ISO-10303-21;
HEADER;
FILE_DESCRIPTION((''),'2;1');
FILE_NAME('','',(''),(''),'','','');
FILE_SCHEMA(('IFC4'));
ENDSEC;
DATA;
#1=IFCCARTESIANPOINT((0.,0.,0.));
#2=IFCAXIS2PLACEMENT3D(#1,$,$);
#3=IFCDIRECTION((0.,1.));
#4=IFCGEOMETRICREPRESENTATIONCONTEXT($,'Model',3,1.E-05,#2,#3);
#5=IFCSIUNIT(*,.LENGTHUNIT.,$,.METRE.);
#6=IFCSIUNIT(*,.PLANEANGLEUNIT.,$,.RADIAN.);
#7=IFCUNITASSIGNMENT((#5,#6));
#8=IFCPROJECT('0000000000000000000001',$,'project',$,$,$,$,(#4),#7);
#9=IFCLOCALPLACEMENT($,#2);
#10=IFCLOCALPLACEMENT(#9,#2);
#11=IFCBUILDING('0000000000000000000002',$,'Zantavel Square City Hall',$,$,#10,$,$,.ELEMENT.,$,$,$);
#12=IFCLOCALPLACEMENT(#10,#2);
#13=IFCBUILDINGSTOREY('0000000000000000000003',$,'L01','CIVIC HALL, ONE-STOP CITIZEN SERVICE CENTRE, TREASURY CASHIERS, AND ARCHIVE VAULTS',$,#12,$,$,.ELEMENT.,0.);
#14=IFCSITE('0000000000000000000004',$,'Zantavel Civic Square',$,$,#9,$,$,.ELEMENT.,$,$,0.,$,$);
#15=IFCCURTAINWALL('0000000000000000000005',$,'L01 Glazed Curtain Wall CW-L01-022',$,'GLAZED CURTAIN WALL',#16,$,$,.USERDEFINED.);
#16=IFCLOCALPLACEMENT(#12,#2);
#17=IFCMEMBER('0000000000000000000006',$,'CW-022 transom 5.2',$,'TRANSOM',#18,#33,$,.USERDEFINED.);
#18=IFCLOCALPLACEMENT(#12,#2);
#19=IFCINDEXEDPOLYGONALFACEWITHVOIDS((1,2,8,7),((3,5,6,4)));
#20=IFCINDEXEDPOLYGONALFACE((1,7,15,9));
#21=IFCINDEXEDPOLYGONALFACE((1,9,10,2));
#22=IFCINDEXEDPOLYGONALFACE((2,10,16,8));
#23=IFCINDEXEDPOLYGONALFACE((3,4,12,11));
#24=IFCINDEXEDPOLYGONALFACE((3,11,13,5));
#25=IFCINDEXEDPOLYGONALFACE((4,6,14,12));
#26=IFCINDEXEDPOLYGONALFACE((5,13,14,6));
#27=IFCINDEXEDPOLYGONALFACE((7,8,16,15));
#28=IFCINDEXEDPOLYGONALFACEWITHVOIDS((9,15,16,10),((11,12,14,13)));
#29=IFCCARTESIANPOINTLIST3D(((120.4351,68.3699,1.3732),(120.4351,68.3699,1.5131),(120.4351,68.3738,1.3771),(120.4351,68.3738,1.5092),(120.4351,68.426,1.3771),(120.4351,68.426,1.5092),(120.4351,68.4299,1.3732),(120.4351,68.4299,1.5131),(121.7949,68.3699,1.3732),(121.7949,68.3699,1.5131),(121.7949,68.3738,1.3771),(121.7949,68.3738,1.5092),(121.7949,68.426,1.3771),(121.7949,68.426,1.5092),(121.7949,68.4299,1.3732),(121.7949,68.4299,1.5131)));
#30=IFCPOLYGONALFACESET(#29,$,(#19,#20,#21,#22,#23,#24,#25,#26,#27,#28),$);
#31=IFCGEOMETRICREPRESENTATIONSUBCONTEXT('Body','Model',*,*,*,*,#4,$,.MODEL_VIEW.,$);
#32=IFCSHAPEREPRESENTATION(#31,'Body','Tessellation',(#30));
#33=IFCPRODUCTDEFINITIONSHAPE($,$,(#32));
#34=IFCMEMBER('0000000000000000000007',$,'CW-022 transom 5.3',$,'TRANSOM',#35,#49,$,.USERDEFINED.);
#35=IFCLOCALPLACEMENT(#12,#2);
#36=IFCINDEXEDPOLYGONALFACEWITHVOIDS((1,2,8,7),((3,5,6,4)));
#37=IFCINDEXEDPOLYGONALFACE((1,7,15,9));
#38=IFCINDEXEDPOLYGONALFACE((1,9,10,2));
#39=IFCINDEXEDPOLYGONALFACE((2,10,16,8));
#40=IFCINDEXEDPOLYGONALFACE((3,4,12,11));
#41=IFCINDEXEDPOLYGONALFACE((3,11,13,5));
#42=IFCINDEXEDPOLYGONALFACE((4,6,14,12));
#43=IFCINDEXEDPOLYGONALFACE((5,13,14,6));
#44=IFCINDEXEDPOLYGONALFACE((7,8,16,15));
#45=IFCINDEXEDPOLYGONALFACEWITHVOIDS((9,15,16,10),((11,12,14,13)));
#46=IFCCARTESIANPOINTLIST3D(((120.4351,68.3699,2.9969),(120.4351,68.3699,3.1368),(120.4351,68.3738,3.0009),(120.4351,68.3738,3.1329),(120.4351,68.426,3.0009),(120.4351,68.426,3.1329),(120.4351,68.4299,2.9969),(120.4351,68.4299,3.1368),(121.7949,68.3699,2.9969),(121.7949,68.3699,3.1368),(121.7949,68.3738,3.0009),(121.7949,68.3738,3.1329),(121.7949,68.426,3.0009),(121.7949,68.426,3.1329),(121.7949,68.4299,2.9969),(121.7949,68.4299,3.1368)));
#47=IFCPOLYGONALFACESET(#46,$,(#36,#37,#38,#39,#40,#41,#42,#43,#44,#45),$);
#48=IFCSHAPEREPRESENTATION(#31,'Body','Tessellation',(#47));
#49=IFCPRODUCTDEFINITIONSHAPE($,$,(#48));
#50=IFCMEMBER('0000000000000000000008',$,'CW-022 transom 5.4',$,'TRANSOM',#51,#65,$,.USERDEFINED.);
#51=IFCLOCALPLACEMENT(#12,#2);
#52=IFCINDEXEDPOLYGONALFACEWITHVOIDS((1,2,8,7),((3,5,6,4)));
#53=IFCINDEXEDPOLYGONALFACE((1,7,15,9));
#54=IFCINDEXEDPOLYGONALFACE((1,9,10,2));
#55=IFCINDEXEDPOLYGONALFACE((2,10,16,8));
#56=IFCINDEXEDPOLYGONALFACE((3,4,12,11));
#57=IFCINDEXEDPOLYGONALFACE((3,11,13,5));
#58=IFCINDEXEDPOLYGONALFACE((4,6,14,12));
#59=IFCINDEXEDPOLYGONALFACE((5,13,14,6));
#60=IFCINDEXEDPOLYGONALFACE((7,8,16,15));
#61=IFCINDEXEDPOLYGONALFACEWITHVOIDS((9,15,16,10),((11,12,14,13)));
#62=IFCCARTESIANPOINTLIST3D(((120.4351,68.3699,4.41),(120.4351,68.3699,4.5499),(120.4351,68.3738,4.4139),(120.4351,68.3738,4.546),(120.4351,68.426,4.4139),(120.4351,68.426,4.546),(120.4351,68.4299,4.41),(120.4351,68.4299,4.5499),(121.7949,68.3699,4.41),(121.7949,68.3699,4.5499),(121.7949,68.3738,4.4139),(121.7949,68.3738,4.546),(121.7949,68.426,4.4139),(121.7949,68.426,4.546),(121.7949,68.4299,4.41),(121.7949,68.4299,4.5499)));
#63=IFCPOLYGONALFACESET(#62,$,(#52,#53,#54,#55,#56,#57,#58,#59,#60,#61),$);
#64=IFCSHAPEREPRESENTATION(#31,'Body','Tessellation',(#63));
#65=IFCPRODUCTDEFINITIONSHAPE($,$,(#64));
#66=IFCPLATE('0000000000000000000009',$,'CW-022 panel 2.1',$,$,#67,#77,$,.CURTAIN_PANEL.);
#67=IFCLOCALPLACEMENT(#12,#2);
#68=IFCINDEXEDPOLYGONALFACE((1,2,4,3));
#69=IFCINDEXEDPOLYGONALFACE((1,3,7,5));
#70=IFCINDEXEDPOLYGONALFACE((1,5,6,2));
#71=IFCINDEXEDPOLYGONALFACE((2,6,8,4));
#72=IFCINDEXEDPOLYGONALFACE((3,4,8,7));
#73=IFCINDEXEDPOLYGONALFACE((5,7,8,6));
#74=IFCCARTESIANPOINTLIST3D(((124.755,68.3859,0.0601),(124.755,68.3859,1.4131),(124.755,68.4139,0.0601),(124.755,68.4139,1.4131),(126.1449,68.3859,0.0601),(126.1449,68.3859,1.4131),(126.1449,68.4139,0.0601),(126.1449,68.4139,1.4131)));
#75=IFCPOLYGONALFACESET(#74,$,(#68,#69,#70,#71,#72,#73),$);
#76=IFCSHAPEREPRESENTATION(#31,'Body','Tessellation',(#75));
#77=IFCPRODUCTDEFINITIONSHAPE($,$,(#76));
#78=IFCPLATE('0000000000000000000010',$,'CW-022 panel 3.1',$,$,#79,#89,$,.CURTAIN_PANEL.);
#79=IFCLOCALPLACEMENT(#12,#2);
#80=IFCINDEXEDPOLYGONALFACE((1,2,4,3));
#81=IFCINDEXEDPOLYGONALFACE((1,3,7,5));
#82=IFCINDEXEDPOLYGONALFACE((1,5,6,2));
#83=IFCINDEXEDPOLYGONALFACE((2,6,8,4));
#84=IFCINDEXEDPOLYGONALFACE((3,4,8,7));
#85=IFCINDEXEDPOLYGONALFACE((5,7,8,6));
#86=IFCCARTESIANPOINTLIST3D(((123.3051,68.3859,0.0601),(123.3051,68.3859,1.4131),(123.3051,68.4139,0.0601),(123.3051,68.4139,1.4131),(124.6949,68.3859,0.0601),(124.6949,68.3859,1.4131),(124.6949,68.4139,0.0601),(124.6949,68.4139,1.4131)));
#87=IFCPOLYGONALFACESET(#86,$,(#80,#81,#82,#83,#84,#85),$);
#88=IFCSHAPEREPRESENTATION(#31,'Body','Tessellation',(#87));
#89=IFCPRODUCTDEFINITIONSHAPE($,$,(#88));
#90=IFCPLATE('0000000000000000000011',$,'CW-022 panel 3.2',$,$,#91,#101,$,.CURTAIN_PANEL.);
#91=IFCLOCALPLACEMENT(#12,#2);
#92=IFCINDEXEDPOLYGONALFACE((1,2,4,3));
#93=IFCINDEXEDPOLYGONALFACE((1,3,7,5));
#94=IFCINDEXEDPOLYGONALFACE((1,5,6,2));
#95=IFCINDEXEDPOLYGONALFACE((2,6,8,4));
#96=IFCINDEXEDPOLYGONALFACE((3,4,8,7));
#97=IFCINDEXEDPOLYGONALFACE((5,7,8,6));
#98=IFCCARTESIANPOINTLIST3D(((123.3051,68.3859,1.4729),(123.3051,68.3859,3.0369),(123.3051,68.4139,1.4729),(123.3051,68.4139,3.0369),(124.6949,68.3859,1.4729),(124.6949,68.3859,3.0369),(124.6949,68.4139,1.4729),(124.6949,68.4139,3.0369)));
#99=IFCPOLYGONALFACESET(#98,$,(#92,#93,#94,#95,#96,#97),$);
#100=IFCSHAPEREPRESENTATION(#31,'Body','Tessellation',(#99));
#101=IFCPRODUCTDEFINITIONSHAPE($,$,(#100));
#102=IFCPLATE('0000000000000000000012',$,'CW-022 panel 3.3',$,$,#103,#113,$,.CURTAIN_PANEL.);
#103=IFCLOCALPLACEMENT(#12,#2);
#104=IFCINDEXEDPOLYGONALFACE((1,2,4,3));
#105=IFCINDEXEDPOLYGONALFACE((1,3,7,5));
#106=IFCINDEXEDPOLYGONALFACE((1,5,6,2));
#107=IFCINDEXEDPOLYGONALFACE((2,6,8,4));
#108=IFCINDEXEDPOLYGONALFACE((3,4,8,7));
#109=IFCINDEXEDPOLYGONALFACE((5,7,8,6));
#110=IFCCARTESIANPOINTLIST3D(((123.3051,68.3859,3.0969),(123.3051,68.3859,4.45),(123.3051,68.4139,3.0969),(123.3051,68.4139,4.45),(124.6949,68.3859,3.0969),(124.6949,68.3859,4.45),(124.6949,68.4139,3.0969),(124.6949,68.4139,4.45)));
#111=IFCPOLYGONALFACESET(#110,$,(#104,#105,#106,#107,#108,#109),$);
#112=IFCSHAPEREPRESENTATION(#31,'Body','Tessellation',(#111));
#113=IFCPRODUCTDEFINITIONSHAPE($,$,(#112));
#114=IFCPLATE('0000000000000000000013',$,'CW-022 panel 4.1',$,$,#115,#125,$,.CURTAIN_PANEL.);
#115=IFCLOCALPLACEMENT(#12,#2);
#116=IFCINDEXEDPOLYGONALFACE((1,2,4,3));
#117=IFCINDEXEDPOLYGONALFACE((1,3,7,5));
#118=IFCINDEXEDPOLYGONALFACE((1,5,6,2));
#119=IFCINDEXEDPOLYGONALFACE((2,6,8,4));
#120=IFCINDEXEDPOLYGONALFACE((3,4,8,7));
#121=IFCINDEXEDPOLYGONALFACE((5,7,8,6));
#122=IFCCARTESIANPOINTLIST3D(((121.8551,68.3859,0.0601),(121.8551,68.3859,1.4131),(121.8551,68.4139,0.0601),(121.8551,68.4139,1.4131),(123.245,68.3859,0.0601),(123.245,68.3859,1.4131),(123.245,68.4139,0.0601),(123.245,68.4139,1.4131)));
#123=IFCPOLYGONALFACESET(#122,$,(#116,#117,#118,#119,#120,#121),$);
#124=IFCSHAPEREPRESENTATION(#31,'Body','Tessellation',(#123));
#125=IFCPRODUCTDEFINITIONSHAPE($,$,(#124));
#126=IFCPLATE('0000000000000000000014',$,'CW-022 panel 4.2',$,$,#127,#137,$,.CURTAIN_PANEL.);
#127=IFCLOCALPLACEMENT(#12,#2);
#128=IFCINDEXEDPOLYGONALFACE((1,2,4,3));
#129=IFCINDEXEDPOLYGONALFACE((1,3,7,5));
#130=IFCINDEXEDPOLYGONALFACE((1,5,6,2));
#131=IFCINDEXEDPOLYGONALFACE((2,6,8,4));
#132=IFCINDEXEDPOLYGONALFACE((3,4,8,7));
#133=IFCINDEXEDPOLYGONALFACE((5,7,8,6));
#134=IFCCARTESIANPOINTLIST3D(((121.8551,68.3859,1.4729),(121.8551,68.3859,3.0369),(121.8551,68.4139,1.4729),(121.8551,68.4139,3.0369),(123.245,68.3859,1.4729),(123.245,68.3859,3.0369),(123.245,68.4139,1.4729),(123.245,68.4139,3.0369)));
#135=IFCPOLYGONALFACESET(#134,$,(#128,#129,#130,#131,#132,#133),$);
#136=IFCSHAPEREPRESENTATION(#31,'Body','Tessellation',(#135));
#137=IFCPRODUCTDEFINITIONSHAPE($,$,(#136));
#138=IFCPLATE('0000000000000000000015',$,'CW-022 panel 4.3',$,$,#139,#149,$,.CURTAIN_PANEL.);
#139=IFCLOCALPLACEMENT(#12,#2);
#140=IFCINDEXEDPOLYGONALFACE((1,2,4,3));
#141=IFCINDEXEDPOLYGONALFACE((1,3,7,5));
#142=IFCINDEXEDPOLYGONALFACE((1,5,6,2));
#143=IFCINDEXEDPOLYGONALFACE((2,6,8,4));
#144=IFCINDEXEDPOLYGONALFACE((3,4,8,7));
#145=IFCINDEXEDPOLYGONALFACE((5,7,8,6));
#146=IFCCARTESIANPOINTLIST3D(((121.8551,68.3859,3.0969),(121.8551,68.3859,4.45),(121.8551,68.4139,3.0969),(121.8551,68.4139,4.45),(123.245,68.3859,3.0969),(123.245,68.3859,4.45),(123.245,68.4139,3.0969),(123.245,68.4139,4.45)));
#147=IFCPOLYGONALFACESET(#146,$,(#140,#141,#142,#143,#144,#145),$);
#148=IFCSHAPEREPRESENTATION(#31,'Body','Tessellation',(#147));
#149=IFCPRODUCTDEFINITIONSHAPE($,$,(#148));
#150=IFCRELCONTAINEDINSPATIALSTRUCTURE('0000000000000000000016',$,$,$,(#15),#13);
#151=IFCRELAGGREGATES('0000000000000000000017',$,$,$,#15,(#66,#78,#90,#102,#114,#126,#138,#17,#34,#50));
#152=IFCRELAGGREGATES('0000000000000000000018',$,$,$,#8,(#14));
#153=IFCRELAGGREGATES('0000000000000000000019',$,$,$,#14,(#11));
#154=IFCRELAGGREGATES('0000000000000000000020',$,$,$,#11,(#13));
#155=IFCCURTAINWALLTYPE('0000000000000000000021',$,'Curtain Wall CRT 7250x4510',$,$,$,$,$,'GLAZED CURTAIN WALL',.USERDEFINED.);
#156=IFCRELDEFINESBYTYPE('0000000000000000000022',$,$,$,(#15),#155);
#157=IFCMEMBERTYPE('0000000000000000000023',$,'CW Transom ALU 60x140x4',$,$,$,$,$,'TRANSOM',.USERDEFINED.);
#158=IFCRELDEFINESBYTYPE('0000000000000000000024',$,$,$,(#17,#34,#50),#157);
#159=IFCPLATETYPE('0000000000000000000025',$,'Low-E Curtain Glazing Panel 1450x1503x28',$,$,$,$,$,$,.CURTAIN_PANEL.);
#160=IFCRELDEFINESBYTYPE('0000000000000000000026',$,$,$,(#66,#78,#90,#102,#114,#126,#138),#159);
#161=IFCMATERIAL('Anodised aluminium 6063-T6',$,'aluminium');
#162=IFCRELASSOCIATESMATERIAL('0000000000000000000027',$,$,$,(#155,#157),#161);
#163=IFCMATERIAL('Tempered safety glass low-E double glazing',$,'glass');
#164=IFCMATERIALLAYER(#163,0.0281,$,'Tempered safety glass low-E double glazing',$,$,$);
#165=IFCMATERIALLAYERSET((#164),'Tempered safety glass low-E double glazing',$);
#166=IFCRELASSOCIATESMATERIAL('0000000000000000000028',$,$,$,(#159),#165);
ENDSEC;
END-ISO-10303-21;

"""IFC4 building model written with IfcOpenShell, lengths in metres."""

from ifc_helpers import new_model, si_unit, direction, frame, origin, origin_2d, place, context, subcontext, project, spatial, rectangle, hollow_rectangle, extrude, material, layer, layer_set, material_profile, profile_set, type_object, element, aggregate, save


model = new_model("IFC4")

# Units and contexts
model_context = context("Model", 3, precision=1e-05, world=origin(), true_north=direction((0.0, 1.0)))
body_context = subcontext(model_context, "Body", "Model", "MODEL_VIEW")
ifc_project = project(units=[si_unit("LENGTHUNIT", "METRE"), si_unit("PLANEANGLEUNIT", "RADIAN")], contexts=[model_context])

# Site, building, storey
site_placement = place(None, origin())
site = spatial("IfcSite", under=ifc_project, at=site_placement, Name="Zantavel Civic Square", CompositionType="ELEMENT", RefElevation=0.0)
building_placement = place(site_placement, origin())
building = spatial("IfcBuilding", under=site, at=building_placement, Name="Zantavel Square City Hall", CompositionType="ELEMENT")
storey_placement = place(building_placement, origin())
storey = spatial("IfcBuildingStorey", under=building, at=storey_placement, Name="L01", Description="CIVIC HALL, ONE-STOP CITIZEN SERVICE CENTRE, TREASURY CASHIERS, AND ARCHIVE VAULTS", CompositionType="ELEMENT", Elevation=0.0)

# Curtain wall, members, plates
ifc_material_1 = material(Name="Anodised aluminium 6063-T6", Category="aluminium")
curtain_wall_type = type_object("IfcCurtainWallType", Name="Curtain Wall CRT 7250x4510", ElementType="GLAZED CURTAIN WALL", PredefinedType="USERDEFINED", material=ifc_material_1)
curtain_wall_placement = place(storey_placement, origin())
curtain_wall = element("IfcCurtainWall", 1, at=curtain_wall_placement, inside=storey, type_object=curtain_wall_type, Name="L01 Glazed Curtain Wall CW-L01-022", ObjectType="GLAZED CURTAIN WALL", PredefinedType="USERDEFINED")
ifc_material_profile_1 = material_profile(ifc_material_1, hollow_rectangle(XDim=0.0601, YDim=0.1399, WallThickness=0.0039, at=origin_2d()), Name="ALU 60x140x4")
ifc_profile_set_1 = profile_set([ifc_material_profile_1], Name="Anodised aluminium 6063-T6")
member_type_1 = type_object("IfcMemberType", Name="CW Transom ALU 60x140x4", ElementType="TRANSOM", PredefinedType="USERDEFINED", material=ifc_profile_set_1)
member_1_placement = place(storey_placement, frame((121.7949, 68.3999, 1.4431), z_axis=(-1.0, 0.0, 0.0), x_axis=(0.0, -1.0, 0.0)))
member_1 = element("IfcMember", 2, at=member_1_placement, type_object=member_type_1, Name="CW-022 transom 5.2", ObjectType="TRANSOM", PredefinedType="USERDEFINED", context=body_context, shape_type="SweptSolid", body=[
    extrude(hollow_rectangle(XDim=0.0601, YDim=0.1399, WallThickness=0.0039, at=origin_2d()), origin(), (0.0, 0.0, 1.0), 1.3599),
])
member_2_placement = place(storey_placement, frame((121.7949, 68.3999, 3.0669), z_axis=(-1.0, 0.0, 0.0), x_axis=(0.0, -1.0, 0.0)))
member_2 = element("IfcMember", 3, at=member_2_placement, type_object=member_type_1, Name="CW-022 transom 5.3", ObjectType="TRANSOM", PredefinedType="USERDEFINED", context=body_context, shape_type="SweptSolid", body=[
    extrude(hollow_rectangle(XDim=0.0601, YDim=0.1399, WallThickness=0.0039, at=origin_2d()), origin(), (0.0, 0.0, 1.0), 1.3599),
])
member_3_placement = place(storey_placement, frame((121.7949, 68.3999, 4.48), z_axis=(-1.0, 0.0, 0.0), x_axis=(0.0, -1.0, 0.0)))
member_3 = element("IfcMember", 4, at=member_3_placement, type_object=member_type_1, Name="CW-022 transom 5.4", ObjectType="TRANSOM", PredefinedType="USERDEFINED", context=body_context, shape_type="SweptSolid", body=[
    extrude(hollow_rectangle(XDim=0.0601, YDim=0.1399, WallThickness=0.0039, at=origin_2d()), origin(), (0.0, 0.0, 1.0), 1.3599),
])
ifc_material_2 = material(Name="Tempered safety glass low-E double glazing", Category="glass")
ifc_layer = layer(ifc_material_2, 0.0281, Name="Tempered safety glass low-E double glazing")
ifc_layer_set = layer_set([ifc_layer], Name="Tempered safety glass low-E double glazing")
plate_type = type_object("IfcPlateType", Name="Low-E Curtain Glazing Panel 1450x1503x28", PredefinedType="CURTAIN_PANEL", material=ifc_layer_set)
plate_1_placement = place(storey_placement, frame((125.45, 68.3999, 0.0601), z_axis=(0.0, 0.0, 1.0), x_axis=(-1.0, 0.0, 0.0)))
plate_1 = element("IfcPlate", 5, at=plate_1_placement, type_object=plate_type, Name="CW-022 panel 2.1", PredefinedType="CURTAIN_PANEL", context=body_context, shape_type="SweptSolid", body=[
    extrude(rectangle(XDim=1.3899, YDim=0.0281, at=origin_2d()), origin(), (0.0, 0.0, 1.0), 1.353),
])
plate_2_placement = place(storey_placement, frame((124.0, 68.3999, 0.0601), z_axis=(0.0, 0.0, 1.0), x_axis=(-1.0, 0.0, 0.0)))
plate_2 = element("IfcPlate", 6, at=plate_2_placement, type_object=plate_type, Name="CW-022 panel 3.1", PredefinedType="CURTAIN_PANEL", context=body_context, shape_type="SweptSolid", body=[
    extrude(rectangle(XDim=1.3899, YDim=0.0281, at=origin_2d()), origin(), (0.0, 0.0, 1.0), 1.353),
])
plate_3_placement = place(storey_placement, frame((124.0, 68.3999, 1.4729), z_axis=(0.0, 0.0, 1.0), x_axis=(-1.0, 0.0, 0.0)))
plate_3 = element("IfcPlate", 7, at=plate_3_placement, type_object=plate_type, Name="CW-022 panel 3.2", PredefinedType="CURTAIN_PANEL", context=body_context, shape_type="SweptSolid", body=[
    extrude(rectangle(XDim=1.3899, YDim=0.0281, at=origin_2d()), origin(), (0.0, 0.0, 1.0), 1.564),
])
plate_4_placement = place(storey_placement, frame((124.0, 68.3999, 3.0969), z_axis=(0.0, 0.0, 1.0), x_axis=(-1.0, 0.0, 0.0)))
plate_4 = element("IfcPlate", 8, at=plate_4_placement, type_object=plate_type, Name="CW-022 panel 3.3", PredefinedType="CURTAIN_PANEL", context=body_context, shape_type="SweptSolid", body=[
    extrude(rectangle(XDim=1.3899, YDim=0.0281, at=origin_2d()), origin(), (0.0, 0.0, 1.0), 1.353),
])
plate_5_placement = place(storey_placement, frame((122.55, 68.3999, 0.0601), z_axis=(0.0, 0.0, 1.0), x_axis=(-1.0, 0.0, 0.0)))
plate_5 = element("IfcPlate", 9, at=plate_5_placement, type_object=plate_type, Name="CW-022 panel 4.1", PredefinedType="CURTAIN_PANEL", context=body_context, shape_type="SweptSolid", body=[
    extrude(rectangle(XDim=1.3899, YDim=0.0281, at=origin_2d()), origin(), (0.0, 0.0, 1.0), 1.353),
])
plate_6_placement = place(storey_placement, frame((122.55, 68.3999, 1.4729), z_axis=(0.0, 0.0, 1.0), x_axis=(-1.0, 0.0, 0.0)))
plate_6 = element("IfcPlate", 10, at=plate_6_placement, type_object=plate_type, Name="CW-022 panel 4.2", PredefinedType="CURTAIN_PANEL", context=body_context, shape_type="SweptSolid", body=[
    extrude(rectangle(XDim=1.3899, YDim=0.0281, at=origin_2d()), origin(), (0.0, 0.0, 1.0), 1.564),
])
plate_7_placement = place(storey_placement, frame((122.55, 68.3999, 3.0969), z_axis=(0.0, 0.0, 1.0), x_axis=(-1.0, 0.0, 0.0)))
plate_7 = element("IfcPlate", 11, at=plate_7_placement, type_object=plate_type, Name="CW-022 panel 4.3", PredefinedType="CURTAIN_PANEL", context=body_context, shape_type="SweptSolid", body=[
    extrude(rectangle(XDim=1.3899, YDim=0.0281, at=origin_2d()), origin(), (0.0, 0.0, 1.0), 1.353),
])
aggregate(curtain_wall, [plate_1, plate_2, plate_3, plate_4, plate_5, plate_6, plate_7, member_1, member_2, member_3])

save(model, "model.ifc")
